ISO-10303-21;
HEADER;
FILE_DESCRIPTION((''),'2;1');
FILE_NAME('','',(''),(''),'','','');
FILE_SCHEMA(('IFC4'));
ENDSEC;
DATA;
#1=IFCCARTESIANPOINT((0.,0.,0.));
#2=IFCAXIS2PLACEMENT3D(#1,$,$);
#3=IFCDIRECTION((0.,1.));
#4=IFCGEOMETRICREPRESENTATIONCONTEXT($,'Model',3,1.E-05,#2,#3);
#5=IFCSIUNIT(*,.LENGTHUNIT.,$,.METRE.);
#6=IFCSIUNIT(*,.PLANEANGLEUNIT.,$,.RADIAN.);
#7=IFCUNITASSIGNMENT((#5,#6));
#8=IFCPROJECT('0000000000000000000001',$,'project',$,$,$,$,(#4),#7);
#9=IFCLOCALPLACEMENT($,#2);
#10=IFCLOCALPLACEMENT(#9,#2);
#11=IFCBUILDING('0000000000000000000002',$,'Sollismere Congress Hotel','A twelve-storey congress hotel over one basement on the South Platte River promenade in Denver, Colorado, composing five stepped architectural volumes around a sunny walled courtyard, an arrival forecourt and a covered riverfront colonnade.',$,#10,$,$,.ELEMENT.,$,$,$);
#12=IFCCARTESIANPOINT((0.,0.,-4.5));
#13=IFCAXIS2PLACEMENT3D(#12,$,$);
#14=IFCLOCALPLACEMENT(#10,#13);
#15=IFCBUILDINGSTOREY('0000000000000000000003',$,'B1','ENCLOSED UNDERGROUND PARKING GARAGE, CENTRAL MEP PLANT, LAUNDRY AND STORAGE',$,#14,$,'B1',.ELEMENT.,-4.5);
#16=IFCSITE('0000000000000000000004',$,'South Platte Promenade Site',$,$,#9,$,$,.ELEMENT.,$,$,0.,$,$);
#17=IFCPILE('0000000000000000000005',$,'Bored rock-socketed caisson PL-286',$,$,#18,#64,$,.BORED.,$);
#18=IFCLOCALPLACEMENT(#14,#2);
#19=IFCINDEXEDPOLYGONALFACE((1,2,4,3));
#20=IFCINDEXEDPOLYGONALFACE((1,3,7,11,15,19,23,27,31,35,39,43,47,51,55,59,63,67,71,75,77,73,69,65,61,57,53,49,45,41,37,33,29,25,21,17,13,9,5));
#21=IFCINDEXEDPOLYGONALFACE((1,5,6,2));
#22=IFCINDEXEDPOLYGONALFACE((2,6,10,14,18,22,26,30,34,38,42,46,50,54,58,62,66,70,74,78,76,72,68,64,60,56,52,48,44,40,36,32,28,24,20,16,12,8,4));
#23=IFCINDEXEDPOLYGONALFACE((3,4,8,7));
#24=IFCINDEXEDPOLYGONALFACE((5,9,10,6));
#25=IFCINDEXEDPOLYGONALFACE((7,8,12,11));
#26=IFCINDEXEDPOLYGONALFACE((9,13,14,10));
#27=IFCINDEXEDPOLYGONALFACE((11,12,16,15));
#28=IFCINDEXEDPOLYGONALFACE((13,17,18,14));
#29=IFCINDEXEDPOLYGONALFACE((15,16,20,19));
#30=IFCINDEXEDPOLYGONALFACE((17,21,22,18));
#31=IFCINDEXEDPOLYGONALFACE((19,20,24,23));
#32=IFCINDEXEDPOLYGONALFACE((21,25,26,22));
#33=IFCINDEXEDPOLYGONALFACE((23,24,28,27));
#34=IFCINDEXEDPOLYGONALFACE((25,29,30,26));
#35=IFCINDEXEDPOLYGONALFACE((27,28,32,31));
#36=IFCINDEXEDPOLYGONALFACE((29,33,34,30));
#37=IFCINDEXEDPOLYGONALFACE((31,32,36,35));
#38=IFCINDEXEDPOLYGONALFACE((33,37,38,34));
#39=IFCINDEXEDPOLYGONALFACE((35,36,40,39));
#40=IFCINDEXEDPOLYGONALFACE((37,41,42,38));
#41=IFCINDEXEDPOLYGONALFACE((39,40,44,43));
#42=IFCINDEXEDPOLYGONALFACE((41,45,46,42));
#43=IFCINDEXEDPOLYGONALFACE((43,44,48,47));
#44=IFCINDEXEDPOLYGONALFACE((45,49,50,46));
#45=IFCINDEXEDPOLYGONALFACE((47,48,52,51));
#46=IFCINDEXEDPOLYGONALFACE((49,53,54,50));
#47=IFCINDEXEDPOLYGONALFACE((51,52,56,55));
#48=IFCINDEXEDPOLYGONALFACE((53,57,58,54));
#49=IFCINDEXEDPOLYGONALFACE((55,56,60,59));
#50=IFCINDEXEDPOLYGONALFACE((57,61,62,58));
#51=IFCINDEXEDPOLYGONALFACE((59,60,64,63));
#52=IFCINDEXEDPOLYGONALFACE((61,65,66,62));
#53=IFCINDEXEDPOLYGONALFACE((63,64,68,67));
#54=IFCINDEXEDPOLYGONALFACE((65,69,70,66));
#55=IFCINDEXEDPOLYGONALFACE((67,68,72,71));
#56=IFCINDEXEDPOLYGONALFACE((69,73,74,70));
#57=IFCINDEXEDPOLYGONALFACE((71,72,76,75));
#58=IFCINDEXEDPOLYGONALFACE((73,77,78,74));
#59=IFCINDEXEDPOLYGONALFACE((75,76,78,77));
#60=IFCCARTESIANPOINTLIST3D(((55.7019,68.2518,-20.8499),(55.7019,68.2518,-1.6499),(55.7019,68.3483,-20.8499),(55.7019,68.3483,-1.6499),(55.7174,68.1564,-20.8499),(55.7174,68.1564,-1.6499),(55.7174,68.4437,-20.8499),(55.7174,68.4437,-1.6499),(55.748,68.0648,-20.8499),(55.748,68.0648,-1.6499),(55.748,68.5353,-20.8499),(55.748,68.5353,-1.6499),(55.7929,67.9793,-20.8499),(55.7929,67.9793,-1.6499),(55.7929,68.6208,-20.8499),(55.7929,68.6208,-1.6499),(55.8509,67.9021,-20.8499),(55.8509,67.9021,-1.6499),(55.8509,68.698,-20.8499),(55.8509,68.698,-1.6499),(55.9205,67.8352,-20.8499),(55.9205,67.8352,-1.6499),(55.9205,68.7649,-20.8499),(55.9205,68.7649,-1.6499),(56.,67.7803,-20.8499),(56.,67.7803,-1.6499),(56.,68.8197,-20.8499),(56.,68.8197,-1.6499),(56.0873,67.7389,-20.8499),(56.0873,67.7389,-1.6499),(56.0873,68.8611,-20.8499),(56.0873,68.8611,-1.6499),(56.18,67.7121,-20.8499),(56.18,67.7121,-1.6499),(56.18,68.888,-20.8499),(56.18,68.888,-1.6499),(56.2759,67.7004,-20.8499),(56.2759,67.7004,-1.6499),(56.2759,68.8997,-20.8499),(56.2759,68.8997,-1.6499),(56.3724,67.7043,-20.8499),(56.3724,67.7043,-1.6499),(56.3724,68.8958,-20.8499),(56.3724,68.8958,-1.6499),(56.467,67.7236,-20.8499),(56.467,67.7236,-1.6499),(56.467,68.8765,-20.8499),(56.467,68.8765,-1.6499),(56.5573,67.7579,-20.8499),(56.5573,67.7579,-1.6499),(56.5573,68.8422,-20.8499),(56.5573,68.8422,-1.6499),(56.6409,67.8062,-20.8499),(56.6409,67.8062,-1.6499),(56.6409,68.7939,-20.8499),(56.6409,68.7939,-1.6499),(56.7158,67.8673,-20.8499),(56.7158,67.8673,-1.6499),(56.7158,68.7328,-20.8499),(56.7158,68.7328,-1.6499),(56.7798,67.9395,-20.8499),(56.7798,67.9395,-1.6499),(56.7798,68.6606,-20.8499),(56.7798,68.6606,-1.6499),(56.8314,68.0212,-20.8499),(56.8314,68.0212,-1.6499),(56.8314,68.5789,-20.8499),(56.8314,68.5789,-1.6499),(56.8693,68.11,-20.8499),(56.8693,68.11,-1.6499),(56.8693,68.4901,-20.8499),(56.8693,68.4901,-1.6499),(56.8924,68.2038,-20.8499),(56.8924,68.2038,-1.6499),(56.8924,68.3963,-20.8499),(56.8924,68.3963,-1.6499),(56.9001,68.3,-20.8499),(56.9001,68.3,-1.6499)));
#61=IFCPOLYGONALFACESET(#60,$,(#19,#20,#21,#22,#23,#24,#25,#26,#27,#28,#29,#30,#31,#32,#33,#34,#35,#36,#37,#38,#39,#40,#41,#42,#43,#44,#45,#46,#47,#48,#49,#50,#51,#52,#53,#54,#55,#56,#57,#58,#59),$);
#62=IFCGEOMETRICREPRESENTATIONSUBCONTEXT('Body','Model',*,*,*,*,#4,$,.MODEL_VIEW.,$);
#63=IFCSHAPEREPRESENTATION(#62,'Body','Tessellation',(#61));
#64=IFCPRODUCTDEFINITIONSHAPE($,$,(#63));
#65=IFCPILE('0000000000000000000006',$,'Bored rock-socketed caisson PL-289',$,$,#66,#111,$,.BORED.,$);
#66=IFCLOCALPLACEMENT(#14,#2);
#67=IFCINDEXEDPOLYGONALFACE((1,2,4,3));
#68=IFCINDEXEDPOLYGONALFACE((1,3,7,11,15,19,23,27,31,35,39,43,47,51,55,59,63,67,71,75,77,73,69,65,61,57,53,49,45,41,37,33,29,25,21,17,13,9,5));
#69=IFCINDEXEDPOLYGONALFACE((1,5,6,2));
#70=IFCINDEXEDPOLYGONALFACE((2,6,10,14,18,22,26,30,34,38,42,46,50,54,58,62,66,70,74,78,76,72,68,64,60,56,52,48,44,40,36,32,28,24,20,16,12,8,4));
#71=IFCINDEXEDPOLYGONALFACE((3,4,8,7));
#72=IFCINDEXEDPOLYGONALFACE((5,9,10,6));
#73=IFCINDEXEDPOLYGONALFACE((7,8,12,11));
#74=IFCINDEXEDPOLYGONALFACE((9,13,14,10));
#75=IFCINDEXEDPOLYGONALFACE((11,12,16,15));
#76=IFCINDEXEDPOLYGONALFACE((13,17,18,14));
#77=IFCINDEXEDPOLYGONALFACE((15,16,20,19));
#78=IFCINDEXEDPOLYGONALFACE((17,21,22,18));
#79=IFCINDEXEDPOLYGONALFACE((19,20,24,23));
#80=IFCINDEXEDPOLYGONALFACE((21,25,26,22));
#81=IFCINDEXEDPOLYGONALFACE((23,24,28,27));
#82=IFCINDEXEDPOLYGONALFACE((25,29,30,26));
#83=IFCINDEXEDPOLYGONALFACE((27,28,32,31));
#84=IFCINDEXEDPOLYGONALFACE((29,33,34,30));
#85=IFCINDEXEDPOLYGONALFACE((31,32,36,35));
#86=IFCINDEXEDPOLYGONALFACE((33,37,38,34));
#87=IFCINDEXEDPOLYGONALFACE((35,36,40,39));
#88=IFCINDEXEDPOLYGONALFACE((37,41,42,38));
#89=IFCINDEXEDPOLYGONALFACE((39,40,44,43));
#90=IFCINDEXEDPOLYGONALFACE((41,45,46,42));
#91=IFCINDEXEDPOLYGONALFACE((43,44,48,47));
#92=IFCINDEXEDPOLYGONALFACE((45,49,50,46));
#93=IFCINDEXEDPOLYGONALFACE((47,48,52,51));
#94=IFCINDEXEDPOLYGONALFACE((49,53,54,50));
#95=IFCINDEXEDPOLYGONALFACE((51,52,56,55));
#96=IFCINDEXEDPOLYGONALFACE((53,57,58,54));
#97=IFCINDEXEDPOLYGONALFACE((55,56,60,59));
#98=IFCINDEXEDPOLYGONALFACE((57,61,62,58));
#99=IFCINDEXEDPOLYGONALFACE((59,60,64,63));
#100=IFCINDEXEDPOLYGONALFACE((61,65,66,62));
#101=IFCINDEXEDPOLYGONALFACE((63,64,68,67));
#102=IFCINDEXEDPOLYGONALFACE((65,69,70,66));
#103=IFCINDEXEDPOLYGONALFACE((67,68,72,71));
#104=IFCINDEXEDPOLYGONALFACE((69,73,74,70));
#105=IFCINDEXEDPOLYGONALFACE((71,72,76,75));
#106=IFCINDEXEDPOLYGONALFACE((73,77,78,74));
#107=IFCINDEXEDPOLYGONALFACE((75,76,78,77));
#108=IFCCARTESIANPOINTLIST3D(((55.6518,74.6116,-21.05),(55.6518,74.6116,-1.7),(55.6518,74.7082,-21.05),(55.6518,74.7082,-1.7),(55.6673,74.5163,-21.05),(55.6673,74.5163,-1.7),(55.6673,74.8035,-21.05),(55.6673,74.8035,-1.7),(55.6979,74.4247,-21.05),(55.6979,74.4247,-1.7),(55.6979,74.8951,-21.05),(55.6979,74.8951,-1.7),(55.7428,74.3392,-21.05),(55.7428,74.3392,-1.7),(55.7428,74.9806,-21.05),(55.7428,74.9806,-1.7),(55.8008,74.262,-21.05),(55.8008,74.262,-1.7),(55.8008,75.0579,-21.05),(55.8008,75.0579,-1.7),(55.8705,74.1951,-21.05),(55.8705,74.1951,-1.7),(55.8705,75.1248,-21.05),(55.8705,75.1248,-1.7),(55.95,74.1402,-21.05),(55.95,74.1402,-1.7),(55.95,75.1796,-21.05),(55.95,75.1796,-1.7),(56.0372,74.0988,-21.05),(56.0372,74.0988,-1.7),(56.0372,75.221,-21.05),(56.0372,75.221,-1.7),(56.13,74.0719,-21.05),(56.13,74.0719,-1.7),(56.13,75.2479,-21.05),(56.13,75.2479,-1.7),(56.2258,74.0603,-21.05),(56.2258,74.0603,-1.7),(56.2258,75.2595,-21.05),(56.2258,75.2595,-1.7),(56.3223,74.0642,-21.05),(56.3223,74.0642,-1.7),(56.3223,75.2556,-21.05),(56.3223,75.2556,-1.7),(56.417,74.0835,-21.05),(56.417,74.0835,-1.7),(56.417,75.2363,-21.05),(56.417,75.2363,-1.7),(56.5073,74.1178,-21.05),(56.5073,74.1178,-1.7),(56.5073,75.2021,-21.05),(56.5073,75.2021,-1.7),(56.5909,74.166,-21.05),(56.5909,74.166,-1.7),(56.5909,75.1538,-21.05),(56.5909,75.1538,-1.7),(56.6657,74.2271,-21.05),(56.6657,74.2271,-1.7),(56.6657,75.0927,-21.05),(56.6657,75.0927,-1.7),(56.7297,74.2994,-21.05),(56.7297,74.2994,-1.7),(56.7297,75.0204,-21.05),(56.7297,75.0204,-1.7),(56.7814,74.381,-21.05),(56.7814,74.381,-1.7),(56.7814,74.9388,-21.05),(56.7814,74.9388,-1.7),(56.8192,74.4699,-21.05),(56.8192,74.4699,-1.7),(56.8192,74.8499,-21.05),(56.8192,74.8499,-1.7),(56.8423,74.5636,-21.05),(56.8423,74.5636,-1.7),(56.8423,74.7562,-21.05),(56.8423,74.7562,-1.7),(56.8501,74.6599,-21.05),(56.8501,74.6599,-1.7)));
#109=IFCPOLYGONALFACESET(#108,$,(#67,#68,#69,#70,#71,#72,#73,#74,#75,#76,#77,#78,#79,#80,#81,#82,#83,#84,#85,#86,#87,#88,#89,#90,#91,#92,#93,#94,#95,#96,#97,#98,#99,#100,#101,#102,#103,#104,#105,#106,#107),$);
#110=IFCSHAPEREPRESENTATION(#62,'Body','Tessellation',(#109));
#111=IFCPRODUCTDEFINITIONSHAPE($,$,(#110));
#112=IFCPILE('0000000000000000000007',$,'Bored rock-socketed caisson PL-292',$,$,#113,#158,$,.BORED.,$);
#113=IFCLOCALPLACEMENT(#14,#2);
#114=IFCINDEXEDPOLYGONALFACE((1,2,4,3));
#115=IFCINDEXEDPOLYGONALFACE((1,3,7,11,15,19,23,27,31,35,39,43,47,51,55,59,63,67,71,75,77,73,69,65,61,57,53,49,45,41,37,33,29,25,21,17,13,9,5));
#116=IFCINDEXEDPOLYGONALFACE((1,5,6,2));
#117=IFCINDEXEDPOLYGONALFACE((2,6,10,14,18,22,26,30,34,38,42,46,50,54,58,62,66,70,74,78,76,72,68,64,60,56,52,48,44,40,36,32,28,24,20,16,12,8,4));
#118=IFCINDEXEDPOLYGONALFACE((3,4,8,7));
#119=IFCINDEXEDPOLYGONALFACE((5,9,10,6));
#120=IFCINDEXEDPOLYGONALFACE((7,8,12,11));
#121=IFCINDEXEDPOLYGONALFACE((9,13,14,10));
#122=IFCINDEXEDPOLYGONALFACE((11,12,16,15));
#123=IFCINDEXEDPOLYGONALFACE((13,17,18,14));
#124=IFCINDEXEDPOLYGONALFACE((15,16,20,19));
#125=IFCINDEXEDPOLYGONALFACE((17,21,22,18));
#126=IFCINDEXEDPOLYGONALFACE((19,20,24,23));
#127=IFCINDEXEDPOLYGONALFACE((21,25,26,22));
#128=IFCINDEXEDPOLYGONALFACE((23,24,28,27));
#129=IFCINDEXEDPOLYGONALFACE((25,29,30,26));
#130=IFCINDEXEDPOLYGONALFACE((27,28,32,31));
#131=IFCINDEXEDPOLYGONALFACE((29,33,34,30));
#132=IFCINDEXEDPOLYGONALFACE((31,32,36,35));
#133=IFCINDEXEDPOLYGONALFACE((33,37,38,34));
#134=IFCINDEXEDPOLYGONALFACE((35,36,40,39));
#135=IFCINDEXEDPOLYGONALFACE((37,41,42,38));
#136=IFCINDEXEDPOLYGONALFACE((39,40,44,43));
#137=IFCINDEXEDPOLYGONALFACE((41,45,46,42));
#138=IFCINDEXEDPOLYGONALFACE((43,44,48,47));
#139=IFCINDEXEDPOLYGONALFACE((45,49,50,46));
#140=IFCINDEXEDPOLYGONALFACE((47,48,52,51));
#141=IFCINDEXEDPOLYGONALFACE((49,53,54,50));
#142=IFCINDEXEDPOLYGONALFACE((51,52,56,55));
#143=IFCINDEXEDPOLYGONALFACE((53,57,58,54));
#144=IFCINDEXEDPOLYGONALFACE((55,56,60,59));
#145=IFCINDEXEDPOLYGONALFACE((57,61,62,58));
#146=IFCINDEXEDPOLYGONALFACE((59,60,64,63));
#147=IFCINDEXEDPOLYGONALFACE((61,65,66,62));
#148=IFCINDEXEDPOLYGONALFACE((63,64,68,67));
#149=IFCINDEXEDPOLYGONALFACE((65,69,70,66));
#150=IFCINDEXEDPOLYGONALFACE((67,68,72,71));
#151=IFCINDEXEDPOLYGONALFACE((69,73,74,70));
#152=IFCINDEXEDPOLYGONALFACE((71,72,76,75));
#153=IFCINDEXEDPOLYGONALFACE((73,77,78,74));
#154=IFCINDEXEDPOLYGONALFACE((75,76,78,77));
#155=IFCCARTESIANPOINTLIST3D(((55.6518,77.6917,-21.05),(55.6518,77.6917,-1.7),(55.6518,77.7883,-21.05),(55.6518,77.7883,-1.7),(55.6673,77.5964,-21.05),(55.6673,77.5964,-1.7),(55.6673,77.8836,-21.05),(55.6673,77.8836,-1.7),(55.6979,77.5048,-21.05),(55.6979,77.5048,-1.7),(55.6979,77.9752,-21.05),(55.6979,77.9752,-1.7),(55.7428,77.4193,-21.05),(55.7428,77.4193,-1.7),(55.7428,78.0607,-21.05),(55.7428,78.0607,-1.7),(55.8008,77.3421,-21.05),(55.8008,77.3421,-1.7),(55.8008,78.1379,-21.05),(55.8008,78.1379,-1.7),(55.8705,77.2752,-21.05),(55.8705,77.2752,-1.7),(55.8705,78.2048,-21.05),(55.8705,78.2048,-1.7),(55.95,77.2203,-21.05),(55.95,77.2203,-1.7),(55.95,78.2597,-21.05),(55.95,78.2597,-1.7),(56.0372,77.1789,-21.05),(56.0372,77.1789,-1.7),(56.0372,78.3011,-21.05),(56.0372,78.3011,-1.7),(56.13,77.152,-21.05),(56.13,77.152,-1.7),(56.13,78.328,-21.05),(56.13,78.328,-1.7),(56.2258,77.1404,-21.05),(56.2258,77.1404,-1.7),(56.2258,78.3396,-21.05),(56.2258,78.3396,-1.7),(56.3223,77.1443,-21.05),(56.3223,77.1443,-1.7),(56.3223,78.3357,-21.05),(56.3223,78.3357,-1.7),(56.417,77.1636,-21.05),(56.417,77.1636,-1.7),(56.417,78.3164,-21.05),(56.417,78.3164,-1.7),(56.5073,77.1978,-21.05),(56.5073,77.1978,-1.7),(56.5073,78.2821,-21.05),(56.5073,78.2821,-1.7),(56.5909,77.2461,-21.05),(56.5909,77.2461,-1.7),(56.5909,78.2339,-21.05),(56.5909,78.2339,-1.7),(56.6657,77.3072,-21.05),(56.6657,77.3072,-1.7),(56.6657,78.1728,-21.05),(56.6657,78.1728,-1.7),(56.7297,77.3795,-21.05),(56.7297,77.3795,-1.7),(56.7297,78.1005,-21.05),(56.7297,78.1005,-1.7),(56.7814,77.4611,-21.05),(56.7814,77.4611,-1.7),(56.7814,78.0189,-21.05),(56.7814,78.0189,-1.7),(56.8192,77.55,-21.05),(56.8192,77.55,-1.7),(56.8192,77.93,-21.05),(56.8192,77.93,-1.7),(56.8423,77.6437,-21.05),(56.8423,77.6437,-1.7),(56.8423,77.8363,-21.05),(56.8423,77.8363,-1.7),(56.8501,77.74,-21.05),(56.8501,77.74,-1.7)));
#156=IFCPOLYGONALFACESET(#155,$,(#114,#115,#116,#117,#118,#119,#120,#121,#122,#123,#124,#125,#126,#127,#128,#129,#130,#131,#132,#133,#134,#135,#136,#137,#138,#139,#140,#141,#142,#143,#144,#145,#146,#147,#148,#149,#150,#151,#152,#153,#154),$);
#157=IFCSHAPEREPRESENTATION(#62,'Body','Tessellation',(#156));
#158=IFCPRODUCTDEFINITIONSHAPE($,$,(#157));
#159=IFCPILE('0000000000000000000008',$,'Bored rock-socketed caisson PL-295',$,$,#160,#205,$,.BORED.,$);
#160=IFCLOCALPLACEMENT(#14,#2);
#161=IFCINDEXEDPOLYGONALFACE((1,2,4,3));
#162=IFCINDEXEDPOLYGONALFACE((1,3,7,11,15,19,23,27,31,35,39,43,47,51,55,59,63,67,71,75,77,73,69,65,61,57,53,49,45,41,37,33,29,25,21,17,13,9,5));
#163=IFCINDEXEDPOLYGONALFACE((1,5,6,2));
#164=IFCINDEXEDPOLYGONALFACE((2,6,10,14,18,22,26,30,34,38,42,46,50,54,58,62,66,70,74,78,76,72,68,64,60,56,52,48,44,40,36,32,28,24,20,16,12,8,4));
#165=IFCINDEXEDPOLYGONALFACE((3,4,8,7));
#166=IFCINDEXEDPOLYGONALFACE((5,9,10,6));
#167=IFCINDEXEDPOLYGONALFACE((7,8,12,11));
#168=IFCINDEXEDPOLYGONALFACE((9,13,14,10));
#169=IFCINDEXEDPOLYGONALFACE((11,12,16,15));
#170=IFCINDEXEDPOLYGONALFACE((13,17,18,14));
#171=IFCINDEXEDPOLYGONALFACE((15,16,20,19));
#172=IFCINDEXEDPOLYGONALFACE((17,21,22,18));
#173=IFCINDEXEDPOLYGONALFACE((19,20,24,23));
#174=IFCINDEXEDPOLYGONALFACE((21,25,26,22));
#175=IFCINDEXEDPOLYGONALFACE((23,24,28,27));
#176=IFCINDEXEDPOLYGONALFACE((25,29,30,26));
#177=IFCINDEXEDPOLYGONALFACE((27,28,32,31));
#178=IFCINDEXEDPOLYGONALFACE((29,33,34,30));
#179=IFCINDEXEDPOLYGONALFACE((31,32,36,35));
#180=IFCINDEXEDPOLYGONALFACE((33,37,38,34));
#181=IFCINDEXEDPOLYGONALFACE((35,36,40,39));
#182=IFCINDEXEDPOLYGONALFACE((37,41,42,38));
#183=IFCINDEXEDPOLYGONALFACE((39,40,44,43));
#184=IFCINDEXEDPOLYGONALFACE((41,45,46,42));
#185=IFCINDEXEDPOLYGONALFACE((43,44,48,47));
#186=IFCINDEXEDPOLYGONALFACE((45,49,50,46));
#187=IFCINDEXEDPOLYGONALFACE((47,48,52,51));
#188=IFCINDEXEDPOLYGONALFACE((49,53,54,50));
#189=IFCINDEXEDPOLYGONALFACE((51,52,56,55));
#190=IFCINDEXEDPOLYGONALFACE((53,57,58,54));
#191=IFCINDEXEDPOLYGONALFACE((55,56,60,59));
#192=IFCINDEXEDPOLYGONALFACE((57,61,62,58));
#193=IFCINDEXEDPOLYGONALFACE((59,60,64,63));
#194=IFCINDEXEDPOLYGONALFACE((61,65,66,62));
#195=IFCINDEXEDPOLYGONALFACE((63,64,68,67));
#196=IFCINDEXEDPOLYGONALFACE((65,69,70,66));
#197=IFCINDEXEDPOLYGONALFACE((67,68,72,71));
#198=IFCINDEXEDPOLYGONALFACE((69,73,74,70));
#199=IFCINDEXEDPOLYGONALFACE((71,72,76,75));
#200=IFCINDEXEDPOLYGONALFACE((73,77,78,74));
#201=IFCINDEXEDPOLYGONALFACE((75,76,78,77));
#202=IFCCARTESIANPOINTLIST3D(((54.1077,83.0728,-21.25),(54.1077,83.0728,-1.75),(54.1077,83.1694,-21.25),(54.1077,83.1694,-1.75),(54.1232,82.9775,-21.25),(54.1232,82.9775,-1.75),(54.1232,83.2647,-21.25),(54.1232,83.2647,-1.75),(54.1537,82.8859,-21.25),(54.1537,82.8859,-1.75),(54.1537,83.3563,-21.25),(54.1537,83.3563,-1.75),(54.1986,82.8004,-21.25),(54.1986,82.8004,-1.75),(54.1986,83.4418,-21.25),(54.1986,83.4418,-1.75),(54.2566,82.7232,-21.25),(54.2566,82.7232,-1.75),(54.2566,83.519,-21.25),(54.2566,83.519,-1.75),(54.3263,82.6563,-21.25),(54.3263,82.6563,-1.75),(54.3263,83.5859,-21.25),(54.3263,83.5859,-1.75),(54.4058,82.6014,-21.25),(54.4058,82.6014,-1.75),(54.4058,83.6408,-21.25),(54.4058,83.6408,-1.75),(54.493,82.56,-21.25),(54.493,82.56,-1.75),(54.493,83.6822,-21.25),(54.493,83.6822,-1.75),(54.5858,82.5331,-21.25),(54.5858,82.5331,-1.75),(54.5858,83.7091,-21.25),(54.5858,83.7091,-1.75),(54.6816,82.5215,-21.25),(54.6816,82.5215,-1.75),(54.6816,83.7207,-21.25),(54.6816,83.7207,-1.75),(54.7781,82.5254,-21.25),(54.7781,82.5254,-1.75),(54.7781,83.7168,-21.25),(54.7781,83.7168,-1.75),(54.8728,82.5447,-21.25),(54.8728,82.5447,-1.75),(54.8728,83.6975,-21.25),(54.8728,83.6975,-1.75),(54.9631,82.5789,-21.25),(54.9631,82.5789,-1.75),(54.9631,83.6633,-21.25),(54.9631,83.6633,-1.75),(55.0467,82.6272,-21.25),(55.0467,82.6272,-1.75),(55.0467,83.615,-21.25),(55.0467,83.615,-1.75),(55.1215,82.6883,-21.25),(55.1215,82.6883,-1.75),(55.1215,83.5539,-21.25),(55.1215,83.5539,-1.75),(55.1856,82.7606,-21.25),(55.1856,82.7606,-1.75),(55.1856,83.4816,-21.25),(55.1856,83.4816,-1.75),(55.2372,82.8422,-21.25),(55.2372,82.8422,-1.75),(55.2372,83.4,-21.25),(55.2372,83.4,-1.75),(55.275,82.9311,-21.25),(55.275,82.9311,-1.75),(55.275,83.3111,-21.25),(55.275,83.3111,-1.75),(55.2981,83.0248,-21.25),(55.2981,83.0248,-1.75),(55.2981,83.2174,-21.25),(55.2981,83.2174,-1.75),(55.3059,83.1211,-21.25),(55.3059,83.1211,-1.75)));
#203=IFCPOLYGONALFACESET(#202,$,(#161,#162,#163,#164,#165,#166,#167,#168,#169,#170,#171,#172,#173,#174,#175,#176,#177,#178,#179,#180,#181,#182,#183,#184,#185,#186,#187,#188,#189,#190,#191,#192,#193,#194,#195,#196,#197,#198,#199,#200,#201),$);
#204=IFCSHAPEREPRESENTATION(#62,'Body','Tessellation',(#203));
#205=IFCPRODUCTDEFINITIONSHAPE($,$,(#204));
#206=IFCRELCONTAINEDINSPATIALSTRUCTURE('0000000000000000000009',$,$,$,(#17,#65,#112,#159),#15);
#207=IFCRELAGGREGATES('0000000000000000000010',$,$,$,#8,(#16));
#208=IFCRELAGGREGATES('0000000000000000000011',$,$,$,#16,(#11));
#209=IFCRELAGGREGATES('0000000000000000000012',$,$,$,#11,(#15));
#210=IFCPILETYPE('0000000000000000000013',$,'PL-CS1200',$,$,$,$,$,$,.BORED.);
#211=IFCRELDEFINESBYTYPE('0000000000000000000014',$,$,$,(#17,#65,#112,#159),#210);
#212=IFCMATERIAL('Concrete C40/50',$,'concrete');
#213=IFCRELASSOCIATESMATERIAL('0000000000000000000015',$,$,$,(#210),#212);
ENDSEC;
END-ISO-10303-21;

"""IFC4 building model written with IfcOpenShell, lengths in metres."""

from ifc_helpers import new_model, si_unit, direction, frame, origin, origin_2d, place, context, subcontext, project, spatial, circle, extrude, material, material_profile, profile_set, type_object, element, save


model = new_model("IFC4")

# Units and contexts
model_context = context("Model", 3, precision=1e-05, world=origin(), true_north=direction((0.0, 1.0)))
body_context = subcontext(model_context, "Body", "Model", "MODEL_VIEW")
ifc_project = project(units=[si_unit("LENGTHUNIT", "METRE"), si_unit("PLANEANGLEUNIT", "RADIAN")], contexts=[model_context])

# Site, building, storey
site_placement = place(None, origin())
site = spatial("IfcSite", under=ifc_project, at=site_placement, Name="South Platte Promenade Site", CompositionType="ELEMENT", RefElevation=0.0)
building_placement = place(site_placement, origin())
building = spatial("IfcBuilding", under=site, at=building_placement, Name="Sollismere Congress Hotel", Description="A twelve-storey congress hotel over one basement on the South Platte River promenade in Denver, Colorado, composing five stepped architectural volumes around a sunny walled courtyard, an arrival forecourt and a covered riverfront colonnade.", CompositionType="ELEMENT")
storey_placement = place(building_placement, frame((0.0, 0.0, -4.5)))
storey = spatial("IfcBuildingStorey", under=building, at=storey_placement, Name="B1", Description="ENCLOSED UNDERGROUND PARKING GARAGE, CENTRAL MEP PLANT, LAUNDRY AND STORAGE", LongName="B1", CompositionType="ELEMENT", Elevation=-4.5)

# Shared definitions
ifc_material_1 = material(Name="Concrete C40/50", Category="concrete")

# Piles
ifc_material_profile_1 = material_profile(ifc_material_1, circle(Radius=0.6001, at=origin_2d()), Name="CAISSON1200")
ifc_profile_set_1 = profile_set([ifc_material_profile_1], Name="Concrete C40/50")
pile_type = type_object("IfcPileType", Name="PL-CS1200", PredefinedType="BORED", material=ifc_profile_set_1)
pile_1_placement = place(storey_placement, frame((56.3, 68.3, -1.6499), z_axis=(0.0, 0.0, -1.0), x_axis=(1.0, 0.0, 0.0)))
element("IfcPile", 1, at=pile_1_placement, inside=storey, type_object=pile_type, Name="Bored rock-socketed caisson PL-286", PredefinedType="BORED", context=body_context, shape_type="SweptSolid", body=[
    extrude(circle(Radius=0.6001, at=origin_2d()), origin(), (0.0, 0.0, 1.0), 19.2),
])
for number, where, z_axis, x_axis, name in (
    (2, (56.25, 74.6599, -1.7), (0.0, 0.0, -1.0), (1.0, 0.0, 0.0), "Bored rock-socketed caisson PL-289"),
    (3, (56.25, 77.74, -1.7), (0.0, 0.0, -1.0), (1.0, 0.0, 0.0), "Bored rock-socketed caisson PL-292"),
):
    element("IfcPile", number, at=place(storey_placement, frame(where, z_axis=z_axis, x_axis=x_axis)), inside=storey, type_object=pile_type, Name=name, PredefinedType="BORED", context=body_context, shape_type="SweptSolid", body=[
        extrude(circle(Radius=0.6001, at=origin_2d()), origin(), (0.0, 0.0, 1.0), 19.3501),
    ])
pile_2_placement = place(storey_placement, frame((54.7058, 83.1211, -1.75), z_axis=(0.0, 0.0, -1.0), x_axis=(1.0, 0.0, 0.0)))
element("IfcPile", 4, at=pile_2_placement, inside=storey, type_object=pile_type, Name="Bored rock-socketed caisson PL-295", PredefinedType="BORED", context=body_context, shape_type="SweptSolid", body=[
    extrude(circle(Radius=0.6001, at=origin_2d()), origin(), (0.0, 0.0, 1.0), 19.5),
])

save(model, "model.ifc")
